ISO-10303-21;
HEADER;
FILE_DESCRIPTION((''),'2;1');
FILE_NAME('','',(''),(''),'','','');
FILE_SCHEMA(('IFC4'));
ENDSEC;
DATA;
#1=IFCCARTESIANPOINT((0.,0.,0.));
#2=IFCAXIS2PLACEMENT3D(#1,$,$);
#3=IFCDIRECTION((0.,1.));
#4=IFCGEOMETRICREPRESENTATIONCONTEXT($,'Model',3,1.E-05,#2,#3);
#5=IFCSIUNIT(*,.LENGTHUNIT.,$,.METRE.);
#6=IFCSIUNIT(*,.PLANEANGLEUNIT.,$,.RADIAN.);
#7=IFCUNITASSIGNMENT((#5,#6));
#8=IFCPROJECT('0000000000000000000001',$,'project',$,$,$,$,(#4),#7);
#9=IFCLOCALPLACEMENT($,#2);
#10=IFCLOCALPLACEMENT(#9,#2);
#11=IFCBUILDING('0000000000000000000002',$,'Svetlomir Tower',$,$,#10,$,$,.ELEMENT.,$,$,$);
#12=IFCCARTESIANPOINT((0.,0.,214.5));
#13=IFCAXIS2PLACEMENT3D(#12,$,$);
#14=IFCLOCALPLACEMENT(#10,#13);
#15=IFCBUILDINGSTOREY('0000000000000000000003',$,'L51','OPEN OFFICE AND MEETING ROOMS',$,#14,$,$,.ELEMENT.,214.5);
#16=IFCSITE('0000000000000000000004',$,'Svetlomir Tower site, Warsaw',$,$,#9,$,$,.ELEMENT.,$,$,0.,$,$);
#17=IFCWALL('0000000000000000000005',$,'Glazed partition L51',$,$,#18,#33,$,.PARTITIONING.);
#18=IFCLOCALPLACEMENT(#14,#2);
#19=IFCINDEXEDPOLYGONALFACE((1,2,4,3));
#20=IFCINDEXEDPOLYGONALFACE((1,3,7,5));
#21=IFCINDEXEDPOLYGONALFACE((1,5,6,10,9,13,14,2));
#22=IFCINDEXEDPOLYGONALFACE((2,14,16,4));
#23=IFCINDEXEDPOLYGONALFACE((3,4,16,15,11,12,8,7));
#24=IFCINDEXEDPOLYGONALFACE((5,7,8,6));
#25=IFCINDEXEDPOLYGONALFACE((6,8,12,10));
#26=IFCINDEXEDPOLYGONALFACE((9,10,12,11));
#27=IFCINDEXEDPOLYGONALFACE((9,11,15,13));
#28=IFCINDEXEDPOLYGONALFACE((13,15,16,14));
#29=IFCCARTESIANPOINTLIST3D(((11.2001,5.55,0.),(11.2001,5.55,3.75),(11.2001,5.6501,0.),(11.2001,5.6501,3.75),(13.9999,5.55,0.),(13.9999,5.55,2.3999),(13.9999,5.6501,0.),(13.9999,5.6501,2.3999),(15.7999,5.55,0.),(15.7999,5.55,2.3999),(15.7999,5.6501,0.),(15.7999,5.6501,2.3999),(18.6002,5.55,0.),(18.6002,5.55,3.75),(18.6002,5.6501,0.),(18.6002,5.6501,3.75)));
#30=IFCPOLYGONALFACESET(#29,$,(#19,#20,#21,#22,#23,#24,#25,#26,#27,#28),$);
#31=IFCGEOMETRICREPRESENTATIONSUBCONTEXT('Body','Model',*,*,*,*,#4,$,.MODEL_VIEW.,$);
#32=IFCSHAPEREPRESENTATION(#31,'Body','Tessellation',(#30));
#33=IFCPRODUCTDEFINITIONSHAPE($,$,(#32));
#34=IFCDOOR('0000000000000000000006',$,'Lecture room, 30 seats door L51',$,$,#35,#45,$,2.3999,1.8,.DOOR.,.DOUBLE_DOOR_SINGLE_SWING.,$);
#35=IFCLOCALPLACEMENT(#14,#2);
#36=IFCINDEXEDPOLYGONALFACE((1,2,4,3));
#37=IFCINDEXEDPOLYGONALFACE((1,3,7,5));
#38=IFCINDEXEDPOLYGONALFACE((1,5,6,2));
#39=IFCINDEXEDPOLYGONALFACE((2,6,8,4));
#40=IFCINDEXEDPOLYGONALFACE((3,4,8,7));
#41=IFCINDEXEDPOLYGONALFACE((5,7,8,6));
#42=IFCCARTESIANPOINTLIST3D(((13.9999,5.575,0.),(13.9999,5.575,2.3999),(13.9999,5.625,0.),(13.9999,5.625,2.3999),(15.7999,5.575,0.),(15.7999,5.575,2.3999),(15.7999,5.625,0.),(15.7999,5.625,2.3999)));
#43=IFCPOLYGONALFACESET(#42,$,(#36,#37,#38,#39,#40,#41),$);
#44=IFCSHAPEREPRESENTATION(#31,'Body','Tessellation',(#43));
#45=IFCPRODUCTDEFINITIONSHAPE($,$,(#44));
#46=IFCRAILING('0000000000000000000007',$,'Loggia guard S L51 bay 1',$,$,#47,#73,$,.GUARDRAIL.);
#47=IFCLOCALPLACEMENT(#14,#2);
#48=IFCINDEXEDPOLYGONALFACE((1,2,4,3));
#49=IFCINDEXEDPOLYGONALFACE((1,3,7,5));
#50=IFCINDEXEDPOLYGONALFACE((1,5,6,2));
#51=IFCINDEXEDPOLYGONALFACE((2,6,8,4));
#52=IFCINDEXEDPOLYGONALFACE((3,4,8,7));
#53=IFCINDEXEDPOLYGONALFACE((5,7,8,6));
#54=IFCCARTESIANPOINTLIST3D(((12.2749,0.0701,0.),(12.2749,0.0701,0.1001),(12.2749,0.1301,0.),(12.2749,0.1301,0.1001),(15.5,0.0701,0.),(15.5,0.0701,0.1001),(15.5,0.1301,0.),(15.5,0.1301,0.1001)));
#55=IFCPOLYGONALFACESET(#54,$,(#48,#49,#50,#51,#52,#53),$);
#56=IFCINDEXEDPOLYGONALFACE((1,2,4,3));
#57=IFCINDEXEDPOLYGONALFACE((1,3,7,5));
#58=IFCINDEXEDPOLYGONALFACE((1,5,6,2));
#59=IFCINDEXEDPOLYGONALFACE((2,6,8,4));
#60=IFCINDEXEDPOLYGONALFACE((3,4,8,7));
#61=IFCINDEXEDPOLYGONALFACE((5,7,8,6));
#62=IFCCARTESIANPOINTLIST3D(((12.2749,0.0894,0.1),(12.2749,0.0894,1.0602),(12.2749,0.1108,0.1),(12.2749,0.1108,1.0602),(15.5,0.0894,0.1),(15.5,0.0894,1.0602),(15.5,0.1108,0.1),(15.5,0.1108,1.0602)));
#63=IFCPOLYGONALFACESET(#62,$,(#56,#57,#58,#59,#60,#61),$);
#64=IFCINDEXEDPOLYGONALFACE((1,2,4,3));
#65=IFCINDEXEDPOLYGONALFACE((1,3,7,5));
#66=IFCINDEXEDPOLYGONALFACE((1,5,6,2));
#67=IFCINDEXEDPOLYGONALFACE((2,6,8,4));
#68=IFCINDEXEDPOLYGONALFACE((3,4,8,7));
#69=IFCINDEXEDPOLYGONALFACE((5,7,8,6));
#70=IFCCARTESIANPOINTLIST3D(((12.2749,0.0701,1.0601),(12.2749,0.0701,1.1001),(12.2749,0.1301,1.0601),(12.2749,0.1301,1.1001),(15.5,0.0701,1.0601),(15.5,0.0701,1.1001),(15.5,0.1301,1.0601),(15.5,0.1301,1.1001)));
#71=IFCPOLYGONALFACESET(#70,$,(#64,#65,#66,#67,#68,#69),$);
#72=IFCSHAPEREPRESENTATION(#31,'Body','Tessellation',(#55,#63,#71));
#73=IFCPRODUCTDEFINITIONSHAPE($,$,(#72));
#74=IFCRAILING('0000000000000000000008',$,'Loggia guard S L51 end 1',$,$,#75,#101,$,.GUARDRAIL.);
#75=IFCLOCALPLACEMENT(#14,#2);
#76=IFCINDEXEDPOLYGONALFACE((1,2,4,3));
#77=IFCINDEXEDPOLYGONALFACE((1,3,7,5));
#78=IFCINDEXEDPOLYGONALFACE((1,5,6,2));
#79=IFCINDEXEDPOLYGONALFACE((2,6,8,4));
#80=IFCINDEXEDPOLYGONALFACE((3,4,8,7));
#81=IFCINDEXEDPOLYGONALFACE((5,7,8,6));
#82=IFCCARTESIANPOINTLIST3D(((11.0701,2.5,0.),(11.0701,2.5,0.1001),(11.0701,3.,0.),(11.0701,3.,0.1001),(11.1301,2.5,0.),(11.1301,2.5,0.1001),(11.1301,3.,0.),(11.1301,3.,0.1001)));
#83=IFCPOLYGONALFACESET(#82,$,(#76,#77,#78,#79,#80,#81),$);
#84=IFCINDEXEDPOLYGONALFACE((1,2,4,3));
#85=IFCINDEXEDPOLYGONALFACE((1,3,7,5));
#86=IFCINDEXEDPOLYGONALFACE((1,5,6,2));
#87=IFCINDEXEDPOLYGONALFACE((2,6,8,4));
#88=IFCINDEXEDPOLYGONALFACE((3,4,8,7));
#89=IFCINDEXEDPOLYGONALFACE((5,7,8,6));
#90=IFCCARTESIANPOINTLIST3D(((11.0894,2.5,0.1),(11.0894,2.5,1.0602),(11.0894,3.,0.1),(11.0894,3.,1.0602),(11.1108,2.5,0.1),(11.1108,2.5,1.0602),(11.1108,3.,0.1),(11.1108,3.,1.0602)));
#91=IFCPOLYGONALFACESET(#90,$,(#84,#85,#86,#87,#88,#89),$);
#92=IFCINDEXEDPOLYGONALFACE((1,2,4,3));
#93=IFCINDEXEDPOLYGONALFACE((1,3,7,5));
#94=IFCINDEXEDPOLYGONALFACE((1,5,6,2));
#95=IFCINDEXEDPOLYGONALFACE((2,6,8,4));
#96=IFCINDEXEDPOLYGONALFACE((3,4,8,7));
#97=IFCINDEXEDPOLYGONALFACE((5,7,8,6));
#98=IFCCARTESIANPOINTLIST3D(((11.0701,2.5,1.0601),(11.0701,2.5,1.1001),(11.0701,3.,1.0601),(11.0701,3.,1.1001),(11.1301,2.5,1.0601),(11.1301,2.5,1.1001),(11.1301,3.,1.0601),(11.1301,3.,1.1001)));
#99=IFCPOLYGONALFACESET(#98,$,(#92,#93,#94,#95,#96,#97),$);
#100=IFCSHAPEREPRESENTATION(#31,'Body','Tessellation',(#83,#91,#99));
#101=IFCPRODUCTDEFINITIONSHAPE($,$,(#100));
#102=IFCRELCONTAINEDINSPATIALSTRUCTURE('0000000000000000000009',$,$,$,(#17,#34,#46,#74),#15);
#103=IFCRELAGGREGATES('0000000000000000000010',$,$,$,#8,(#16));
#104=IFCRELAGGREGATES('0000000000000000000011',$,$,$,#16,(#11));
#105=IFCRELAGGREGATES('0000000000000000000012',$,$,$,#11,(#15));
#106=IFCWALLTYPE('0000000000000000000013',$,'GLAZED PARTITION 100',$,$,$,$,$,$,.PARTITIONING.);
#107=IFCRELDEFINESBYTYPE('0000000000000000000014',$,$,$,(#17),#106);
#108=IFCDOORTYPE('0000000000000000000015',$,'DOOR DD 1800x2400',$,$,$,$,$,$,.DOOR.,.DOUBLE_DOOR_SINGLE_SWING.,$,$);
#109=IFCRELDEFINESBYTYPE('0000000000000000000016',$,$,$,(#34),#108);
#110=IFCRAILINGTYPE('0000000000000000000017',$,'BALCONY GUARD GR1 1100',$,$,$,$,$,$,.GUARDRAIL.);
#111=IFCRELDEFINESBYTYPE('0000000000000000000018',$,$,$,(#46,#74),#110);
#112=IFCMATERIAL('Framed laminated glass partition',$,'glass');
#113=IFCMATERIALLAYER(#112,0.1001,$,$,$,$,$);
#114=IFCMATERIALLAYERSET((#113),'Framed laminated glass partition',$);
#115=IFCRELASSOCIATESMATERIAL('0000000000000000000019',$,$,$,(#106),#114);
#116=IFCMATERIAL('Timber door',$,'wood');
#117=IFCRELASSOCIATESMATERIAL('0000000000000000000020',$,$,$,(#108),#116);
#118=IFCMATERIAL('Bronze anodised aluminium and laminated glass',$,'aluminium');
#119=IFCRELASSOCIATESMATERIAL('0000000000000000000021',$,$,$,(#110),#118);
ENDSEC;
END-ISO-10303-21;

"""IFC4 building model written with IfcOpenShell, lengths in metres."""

from ifc_helpers import new_model, si_unit, direction, frame, frame_2d, origin, origin_2d, place, context, subcontext, project, spatial, rectangle, extrude, material, layer, layer_set, type_object, element, fill, save


model = new_model("IFC4")

# Units and contexts
model_context = context("Model", 3, precision=1e-05, world=origin(), true_north=direction((0.0, 1.0)))
body_context = subcontext(model_context, "Body", "Model", "MODEL_VIEW")
ifc_project = project(units=[si_unit("LENGTHUNIT", "METRE"), si_unit("PLANEANGLEUNIT", "RADIAN")], contexts=[model_context])

# Site, building, storey
site_placement = place(None, origin())
site = spatial("IfcSite", under=ifc_project, at=site_placement, Name="Svetlomir Tower site, Warsaw", CompositionType="ELEMENT", RefElevation=0.0)
building_placement = place(site_placement, origin())
building = spatial("IfcBuilding", under=site, at=building_placement, Name="Svetlomir Tower", CompositionType="ELEMENT")
storey_placement = place(building_placement, frame((0.0, 0.0, 214.5)))
storey = spatial("IfcBuildingStorey", under=building, at=storey_placement, Name="L51", Description="OPEN OFFICE AND MEETING ROOMS", CompositionType="ELEMENT", Elevation=214.5)

# Shared definitions
ifc_material_1 = material(Name="Framed laminated glass partition", Category="glass")
ifc_layer_1 = layer(ifc_material_1, 0.1001)
ifc_layer_set_1 = layer_set([ifc_layer_1], Name="Framed laminated glass partition")
wall_type = type_object("IfcWallType", Name="GLAZED PARTITION 100", PredefinedType="PARTITIONING", material=ifc_layer_set_1)

# Wall, opening, door
wall_1_placement = place(storey_placement, frame((11.2, 5.6001, 0.0), z_axis=(0.0, 0.0, 1.0), x_axis=(1.0, 0.0, 0.0)))
wall_1 = element("IfcWall", 1, at=wall_1_placement, inside=storey, type_object=wall_type, Name="Glazed partition L51", PredefinedType="PARTITIONING", context=body_context, shape_type="SweptSolid", body=[
    extrude(rectangle(XDim=7.4001, YDim=0.1001, at=frame_2d((3.7002, 0.0))), origin(), (0.0, 0.0, 1.0), 3.75),
])
opening_placement = place(wall_1_placement, frame((2.8, 0.0, 0.0)))
opening = element("IfcOpeningElement", 2, at=opening_placement, cuts=wall_1, PredefinedType="OPENING", context=body_context, shape_type="SweptSolid", body=[
    extrude(rectangle(XDim=1.8, YDim=2.3999, at=frame_2d((0.8999, 1.2))), frame((0.0, 0.0601, 0.0), z_axis=(0.0, -1.0, 0.0), x_axis=(1.0, 0.0, 0.0)), (0.0, 0.0, 1.0), 0.1201),
])
ifc_material_2 = material(Name="Timber door", Category="wood")
door_type = type_object("IfcDoorType", Name="DOOR DD 1800x2400", OperationType="DOUBLE_DOOR_SINGLE_SWING", PredefinedType="DOOR", material=ifc_material_2)
door_placement = place(opening_placement, origin())
door = element("IfcDoor", 3, at=door_placement, inside=storey, type_object=door_type, Name="Lecture room, 30 seats door L51", OperationType="DOUBLE_DOOR_SINGLE_SWING", OverallHeight=2.3999, OverallWidth=1.8, PredefinedType="DOOR", context=body_context, shape_type="SweptSolid", body=[
    extrude(rectangle(XDim=1.8, YDim=2.3999, at=frame_2d((0.8999, 1.2))), frame((0.0, 0.0249, 0.0), z_axis=(0.0, -1.0, 0.0), x_axis=(1.0, 0.0, 0.0)), (0.0, 0.0, 1.0), 0.05),
])
fill(opening, door)

# Railings
ifc_material_3 = material(Name="Bronze anodised aluminium and laminated glass", Category="aluminium")
railing_type = type_object("IfcRailingType", Name="BALCONY GUARD GR1 1100", PredefinedType="GUARDRAIL", material=ifc_material_3)
railing_1_placement = place(storey_placement, frame((12.2749, 0.1001, 0.0)))
element("IfcRailing", 4, at=railing_1_placement, inside=storey, type_object=railing_type, Name="Loggia guard S L51 bay 1", PredefinedType="GUARDRAIL", context=body_context, shape_type="SweptSolid", body=[
    extrude(rectangle(XDim=0.0601, YDim=0.1001, at=origin_2d()), frame((0.0, 0.0, 0.05), z_axis=(1.0, 0.0, 0.0), x_axis=(0.0, 1.0, 0.0)), (0.0, 0.0, 1.0), 3.2251),
    extrude(rectangle(XDim=0.0215, YDim=0.9602, at=origin_2d()), frame((0.0, 0.0, 0.5801), z_axis=(1.0, 0.0, 0.0), x_axis=(0.0, 1.0, 0.0)), (0.0, 0.0, 1.0), 3.2251),
    extrude(rectangle(XDim=0.0601, YDim=0.04, at=origin_2d()), frame((0.0, 0.0, 1.0801), z_axis=(1.0, 0.0, 0.0), x_axis=(0.0, 1.0, 0.0)), (0.0, 0.0, 1.0), 3.2251),
])
railing_2_placement = place(storey_placement, frame((11.1001, 2.5, 0.0)))
element("IfcRailing", 5, at=railing_2_placement, inside=storey, type_object=railing_type, Name="Loggia guard S L51 end 1", PredefinedType="GUARDRAIL", context=body_context, shape_type="SweptSolid", body=[
    extrude(rectangle(XDim=0.0601, YDim=0.1001, at=origin_2d()), frame((0.0, 0.0, 0.05), z_axis=(0.0, 1.0, 0.0), x_axis=(-1.0, 0.0, 0.0)), (0.0, 0.0, 1.0), 0.5),
    extrude(rectangle(XDim=0.0215, YDim=0.9602, at=origin_2d()), frame((0.0, 0.0, 0.5801), z_axis=(0.0, 1.0, 0.0), x_axis=(-1.0, 0.0, 0.0)), (0.0, 0.0, 1.0), 0.5),
    extrude(rectangle(XDim=0.0601, YDim=0.04, at=origin_2d()), frame((0.0, 0.0, 1.0801), z_axis=(0.0, 1.0, 0.0), x_axis=(-1.0, 0.0, 0.0)), (0.0, 0.0, 1.0), 0.5),
])

save(model, "model.ifc")
